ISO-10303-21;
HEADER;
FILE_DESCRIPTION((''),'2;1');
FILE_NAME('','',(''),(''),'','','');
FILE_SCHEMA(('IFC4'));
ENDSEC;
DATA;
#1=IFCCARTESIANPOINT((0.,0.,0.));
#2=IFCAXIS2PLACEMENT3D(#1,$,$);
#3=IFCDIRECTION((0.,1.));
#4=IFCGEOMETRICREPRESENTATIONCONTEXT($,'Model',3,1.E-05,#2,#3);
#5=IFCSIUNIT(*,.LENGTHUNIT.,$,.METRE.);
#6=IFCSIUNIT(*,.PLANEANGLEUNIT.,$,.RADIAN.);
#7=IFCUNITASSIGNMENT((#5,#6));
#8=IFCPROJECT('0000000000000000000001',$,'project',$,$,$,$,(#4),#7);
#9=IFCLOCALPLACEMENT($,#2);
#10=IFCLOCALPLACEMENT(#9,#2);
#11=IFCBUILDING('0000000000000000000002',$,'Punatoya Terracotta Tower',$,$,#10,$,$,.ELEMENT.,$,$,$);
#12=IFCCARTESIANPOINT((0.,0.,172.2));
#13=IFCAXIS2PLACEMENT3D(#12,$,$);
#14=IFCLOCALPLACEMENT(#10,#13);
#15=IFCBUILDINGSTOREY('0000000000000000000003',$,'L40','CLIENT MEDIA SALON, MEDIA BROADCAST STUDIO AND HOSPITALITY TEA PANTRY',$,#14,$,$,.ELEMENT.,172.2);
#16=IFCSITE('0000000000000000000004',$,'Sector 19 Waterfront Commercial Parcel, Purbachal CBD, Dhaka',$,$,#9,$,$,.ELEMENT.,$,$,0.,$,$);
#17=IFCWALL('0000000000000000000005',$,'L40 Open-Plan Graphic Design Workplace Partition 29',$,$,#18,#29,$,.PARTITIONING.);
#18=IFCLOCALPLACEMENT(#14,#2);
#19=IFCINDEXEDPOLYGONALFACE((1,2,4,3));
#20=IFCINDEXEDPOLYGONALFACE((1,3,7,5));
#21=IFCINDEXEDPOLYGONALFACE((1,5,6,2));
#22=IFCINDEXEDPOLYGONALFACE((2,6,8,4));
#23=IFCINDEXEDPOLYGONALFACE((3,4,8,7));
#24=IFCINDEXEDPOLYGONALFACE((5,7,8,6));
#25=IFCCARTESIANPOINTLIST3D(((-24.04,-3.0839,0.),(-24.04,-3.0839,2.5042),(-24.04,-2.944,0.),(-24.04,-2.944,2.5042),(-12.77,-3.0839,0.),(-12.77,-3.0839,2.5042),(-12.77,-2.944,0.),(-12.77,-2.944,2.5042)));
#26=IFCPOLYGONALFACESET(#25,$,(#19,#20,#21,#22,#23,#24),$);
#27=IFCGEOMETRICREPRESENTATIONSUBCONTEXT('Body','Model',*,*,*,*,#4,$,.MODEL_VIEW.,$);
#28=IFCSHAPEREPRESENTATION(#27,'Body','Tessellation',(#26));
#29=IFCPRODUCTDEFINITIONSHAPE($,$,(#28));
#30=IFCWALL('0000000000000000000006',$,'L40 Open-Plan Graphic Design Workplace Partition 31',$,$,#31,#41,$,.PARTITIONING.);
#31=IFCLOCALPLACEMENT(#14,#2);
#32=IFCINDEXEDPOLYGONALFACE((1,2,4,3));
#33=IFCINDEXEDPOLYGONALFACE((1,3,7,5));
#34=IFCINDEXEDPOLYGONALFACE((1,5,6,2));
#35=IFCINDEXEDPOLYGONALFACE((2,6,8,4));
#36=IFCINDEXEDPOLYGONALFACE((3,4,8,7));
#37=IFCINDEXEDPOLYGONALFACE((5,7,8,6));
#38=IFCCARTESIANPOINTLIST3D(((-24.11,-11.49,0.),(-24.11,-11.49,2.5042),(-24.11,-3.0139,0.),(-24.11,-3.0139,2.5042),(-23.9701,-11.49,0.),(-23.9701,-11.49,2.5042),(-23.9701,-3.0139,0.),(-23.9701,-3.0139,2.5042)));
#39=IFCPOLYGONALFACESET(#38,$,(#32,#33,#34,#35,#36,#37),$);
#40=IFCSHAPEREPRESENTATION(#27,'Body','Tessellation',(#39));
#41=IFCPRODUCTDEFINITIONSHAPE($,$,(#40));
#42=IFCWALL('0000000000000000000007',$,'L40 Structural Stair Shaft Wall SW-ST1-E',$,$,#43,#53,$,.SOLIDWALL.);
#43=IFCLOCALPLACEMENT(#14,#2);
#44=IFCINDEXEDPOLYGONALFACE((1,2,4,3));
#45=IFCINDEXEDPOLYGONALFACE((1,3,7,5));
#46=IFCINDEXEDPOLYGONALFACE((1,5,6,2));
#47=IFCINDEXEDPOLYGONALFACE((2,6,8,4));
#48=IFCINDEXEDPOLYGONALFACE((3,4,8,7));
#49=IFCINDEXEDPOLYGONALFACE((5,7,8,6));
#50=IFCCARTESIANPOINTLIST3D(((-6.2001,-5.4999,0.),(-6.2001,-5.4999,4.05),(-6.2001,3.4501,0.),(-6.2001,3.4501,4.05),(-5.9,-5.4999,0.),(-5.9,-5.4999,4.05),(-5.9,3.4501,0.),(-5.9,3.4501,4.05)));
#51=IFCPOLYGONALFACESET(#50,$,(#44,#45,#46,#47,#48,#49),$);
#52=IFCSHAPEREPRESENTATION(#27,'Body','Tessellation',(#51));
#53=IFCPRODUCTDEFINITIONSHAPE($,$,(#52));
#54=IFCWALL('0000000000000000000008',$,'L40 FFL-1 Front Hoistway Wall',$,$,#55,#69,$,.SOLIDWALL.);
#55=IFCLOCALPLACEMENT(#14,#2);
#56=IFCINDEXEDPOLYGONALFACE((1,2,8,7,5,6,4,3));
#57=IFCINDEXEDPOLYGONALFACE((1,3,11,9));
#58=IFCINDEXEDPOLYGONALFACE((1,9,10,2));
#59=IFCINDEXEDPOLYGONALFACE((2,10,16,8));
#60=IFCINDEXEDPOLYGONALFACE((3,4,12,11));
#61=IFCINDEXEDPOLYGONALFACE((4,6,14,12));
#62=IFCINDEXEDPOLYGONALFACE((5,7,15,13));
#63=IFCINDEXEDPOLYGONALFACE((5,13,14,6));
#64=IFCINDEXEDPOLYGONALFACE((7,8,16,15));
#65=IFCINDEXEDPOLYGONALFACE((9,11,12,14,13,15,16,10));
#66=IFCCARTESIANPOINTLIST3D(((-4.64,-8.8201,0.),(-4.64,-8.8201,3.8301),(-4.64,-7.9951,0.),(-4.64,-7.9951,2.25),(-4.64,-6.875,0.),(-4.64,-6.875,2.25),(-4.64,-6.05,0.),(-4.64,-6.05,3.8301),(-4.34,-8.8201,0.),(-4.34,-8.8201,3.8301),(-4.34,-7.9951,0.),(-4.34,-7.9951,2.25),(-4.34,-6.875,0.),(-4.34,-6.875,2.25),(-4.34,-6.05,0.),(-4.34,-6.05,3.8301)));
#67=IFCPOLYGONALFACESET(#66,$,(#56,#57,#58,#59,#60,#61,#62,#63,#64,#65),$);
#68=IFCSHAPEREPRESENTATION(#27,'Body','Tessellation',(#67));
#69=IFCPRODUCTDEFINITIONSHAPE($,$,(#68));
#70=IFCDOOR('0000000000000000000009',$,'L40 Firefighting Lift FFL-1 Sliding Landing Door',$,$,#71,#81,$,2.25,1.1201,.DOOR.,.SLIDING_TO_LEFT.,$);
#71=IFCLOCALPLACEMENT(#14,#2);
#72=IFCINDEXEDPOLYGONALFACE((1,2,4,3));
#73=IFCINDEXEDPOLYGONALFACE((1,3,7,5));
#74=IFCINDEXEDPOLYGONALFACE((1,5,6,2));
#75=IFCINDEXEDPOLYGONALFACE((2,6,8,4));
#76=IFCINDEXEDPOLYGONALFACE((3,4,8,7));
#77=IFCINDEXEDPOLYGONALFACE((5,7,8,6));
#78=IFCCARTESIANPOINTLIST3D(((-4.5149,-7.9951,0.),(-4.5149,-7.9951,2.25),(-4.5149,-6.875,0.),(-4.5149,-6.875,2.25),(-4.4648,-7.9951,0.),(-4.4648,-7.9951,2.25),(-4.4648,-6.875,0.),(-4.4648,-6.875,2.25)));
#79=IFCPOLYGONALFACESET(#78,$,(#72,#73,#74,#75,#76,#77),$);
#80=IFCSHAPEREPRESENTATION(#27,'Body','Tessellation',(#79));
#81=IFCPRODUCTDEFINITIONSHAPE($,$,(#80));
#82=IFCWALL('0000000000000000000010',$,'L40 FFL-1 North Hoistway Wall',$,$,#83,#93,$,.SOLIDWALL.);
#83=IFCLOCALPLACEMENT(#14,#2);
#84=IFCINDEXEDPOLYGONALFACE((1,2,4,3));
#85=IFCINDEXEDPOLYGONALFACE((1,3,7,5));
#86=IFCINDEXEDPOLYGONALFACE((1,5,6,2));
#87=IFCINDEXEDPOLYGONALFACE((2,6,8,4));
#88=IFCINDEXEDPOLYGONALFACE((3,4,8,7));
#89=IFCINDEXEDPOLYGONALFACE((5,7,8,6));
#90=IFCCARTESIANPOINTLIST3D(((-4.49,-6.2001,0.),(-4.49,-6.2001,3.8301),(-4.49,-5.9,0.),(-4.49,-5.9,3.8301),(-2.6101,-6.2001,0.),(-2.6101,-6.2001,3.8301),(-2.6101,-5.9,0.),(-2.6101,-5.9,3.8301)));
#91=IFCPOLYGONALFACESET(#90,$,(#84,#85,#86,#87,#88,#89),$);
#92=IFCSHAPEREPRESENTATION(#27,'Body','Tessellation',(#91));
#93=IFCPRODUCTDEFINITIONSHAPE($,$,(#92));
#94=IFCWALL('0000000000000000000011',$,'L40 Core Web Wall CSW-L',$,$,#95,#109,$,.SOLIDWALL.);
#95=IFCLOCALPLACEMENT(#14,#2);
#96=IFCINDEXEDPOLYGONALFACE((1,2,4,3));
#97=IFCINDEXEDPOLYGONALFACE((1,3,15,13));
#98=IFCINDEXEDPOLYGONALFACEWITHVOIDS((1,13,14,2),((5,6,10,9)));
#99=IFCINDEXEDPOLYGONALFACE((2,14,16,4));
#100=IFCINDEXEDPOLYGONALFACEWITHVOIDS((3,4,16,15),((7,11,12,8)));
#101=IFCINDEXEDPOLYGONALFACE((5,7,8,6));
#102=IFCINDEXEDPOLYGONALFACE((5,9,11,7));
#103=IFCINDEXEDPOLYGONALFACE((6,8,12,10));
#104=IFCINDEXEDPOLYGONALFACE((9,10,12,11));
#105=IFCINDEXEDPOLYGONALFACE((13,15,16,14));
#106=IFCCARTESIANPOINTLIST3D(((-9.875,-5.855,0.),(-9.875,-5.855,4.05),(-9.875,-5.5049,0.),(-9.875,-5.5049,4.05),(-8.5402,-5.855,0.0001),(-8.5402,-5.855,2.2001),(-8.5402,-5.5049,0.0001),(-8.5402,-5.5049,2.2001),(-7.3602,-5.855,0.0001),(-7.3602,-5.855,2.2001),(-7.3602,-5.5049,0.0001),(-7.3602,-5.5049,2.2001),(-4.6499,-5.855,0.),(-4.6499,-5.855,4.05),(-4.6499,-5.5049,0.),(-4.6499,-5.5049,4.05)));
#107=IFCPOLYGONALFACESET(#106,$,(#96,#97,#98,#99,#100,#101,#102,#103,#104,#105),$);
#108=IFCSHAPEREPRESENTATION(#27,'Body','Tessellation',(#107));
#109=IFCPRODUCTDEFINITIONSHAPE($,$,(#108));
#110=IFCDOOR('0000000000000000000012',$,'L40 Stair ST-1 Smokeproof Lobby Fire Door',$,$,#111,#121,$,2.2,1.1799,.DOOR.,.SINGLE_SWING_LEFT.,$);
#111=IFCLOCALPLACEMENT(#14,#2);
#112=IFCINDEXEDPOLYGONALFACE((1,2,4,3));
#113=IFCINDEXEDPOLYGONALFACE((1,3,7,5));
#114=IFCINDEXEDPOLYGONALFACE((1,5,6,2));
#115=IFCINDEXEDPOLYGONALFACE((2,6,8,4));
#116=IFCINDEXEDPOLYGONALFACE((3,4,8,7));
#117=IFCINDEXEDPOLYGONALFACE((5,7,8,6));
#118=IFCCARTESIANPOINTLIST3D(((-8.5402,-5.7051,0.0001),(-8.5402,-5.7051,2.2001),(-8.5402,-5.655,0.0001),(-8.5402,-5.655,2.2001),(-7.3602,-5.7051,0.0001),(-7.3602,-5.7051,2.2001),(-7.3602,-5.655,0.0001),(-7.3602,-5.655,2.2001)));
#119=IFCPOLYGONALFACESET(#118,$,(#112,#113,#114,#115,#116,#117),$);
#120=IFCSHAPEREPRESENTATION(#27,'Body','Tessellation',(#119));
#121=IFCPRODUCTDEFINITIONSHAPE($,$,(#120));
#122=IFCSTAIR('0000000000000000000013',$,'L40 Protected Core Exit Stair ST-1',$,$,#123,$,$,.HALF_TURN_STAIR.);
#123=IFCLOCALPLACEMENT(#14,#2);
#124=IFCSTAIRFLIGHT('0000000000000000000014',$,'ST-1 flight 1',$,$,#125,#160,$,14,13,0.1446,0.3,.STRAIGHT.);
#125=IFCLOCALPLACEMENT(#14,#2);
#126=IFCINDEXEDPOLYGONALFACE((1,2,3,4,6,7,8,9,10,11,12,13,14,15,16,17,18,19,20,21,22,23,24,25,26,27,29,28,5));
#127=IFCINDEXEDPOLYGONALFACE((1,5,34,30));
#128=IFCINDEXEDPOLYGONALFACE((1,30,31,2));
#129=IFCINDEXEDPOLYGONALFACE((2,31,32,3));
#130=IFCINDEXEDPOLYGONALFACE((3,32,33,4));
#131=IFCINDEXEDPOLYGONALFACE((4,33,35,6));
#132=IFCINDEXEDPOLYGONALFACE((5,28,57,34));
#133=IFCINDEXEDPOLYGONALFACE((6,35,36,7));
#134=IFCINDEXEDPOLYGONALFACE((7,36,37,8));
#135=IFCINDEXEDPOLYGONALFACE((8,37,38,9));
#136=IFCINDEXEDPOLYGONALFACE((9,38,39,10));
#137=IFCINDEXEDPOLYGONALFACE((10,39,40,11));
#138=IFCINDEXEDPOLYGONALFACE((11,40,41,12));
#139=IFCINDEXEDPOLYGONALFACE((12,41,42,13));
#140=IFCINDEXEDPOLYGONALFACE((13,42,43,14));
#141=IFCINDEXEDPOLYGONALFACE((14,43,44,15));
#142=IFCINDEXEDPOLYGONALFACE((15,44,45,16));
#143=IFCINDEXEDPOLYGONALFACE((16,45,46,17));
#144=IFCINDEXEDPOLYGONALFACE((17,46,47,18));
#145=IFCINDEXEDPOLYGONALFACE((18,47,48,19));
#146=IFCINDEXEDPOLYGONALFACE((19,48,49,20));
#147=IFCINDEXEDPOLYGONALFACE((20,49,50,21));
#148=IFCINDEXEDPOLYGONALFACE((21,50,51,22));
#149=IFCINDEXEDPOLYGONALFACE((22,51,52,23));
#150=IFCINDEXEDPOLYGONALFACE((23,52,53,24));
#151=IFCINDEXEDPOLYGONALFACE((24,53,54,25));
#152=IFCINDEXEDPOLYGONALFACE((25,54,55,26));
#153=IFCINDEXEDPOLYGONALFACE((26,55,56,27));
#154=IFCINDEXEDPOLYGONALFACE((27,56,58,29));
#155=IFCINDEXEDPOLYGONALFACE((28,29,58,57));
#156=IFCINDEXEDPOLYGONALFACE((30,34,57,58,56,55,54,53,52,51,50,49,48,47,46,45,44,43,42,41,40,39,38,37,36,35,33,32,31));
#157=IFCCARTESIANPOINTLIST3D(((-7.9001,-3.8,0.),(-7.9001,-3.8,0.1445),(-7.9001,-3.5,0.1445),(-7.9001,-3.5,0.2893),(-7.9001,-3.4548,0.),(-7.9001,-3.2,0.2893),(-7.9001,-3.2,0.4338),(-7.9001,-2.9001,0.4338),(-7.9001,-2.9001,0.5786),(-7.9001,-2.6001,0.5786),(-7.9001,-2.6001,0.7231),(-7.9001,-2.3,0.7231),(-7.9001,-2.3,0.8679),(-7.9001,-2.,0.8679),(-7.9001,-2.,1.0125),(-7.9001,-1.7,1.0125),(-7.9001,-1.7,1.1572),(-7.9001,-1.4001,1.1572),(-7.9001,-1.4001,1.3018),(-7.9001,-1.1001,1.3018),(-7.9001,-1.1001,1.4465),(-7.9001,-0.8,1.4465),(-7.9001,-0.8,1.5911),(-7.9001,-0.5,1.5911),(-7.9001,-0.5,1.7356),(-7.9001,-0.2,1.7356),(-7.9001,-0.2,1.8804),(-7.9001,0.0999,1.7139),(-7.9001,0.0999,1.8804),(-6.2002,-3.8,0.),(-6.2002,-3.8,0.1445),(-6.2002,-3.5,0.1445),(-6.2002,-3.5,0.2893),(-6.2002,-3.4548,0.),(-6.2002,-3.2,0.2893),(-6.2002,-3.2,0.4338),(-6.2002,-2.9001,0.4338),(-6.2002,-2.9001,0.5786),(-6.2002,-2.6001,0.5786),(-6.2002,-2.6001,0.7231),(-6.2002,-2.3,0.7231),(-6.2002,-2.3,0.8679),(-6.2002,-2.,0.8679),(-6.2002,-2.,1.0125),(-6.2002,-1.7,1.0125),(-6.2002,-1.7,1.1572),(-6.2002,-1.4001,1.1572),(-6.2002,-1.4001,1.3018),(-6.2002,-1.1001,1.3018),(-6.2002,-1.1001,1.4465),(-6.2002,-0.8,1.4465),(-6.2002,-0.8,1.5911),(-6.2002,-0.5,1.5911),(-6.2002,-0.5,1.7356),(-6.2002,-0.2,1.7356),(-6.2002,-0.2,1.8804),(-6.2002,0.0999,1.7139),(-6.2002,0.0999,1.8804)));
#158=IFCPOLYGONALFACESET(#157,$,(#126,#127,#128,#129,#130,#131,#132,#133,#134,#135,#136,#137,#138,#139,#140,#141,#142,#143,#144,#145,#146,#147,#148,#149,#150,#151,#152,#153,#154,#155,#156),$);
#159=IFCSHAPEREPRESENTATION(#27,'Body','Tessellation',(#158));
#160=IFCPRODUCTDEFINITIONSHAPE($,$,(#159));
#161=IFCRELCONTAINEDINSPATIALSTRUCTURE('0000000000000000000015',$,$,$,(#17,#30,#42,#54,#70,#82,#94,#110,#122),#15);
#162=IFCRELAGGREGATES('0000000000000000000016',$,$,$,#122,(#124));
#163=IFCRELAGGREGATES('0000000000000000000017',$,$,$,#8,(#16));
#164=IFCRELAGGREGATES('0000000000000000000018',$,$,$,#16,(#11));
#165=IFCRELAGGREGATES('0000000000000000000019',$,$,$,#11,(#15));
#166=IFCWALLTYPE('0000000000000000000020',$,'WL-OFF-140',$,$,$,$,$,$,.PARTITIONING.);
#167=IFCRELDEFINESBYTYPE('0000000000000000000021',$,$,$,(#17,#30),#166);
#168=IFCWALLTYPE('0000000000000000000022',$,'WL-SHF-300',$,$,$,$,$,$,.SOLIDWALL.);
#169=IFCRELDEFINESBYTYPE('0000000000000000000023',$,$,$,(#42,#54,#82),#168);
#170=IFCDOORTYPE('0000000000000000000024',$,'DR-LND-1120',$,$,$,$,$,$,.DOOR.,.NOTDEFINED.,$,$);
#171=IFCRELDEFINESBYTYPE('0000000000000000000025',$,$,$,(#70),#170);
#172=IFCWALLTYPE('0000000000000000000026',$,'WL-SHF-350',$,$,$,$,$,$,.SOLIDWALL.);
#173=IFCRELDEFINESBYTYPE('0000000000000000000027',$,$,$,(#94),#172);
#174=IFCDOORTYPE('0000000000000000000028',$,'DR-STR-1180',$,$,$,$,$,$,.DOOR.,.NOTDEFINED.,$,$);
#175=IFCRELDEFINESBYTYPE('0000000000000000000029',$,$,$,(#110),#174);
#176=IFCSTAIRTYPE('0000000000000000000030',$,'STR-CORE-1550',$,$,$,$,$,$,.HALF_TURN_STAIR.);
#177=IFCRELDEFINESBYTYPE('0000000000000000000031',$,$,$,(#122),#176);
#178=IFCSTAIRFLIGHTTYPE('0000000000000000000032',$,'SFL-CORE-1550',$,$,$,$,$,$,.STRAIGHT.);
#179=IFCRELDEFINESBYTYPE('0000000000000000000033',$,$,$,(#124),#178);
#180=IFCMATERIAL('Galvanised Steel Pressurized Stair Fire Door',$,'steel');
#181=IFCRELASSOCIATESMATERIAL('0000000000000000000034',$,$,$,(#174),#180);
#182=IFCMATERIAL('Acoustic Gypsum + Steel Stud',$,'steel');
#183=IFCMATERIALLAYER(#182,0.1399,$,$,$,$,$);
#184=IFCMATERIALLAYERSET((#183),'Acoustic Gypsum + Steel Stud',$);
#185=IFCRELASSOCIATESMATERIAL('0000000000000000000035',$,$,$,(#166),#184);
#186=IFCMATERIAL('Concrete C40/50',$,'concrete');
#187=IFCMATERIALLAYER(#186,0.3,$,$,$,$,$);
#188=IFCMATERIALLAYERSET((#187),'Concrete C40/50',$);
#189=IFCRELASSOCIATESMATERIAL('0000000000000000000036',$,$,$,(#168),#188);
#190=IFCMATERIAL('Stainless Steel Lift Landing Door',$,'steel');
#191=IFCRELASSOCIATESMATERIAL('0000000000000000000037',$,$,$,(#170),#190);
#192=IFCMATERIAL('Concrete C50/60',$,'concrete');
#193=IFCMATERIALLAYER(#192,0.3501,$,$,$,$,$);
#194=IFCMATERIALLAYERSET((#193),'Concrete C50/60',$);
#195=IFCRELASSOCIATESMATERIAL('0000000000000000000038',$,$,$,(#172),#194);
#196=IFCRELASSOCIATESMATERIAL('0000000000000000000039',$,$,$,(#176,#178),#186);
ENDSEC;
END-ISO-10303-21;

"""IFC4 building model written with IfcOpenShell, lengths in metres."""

from ifc_helpers import new_model, si_unit, direction, frame, frame_2d, origin, place, context, subcontext, project, spatial, polyline, rectangle, outline, extrude, material, layer, layer_set, type_object, element, fill, aggregate, save


model = new_model("IFC4")

# Units and contexts
model_context = context("Model", 3, precision=1e-05, world=origin(), true_north=direction((0.0, 1.0)))
body_context = subcontext(model_context, "Body", "Model", "MODEL_VIEW")
ifc_project = project(units=[si_unit("LENGTHUNIT", "METRE"), si_unit("PLANEANGLEUNIT", "RADIAN")], contexts=[model_context])

# Site, building, storey
site_placement = place(None, origin())
site = spatial("IfcSite", under=ifc_project, at=site_placement, Name="Sector 19 Waterfront Commercial Parcel, Purbachal CBD, Dhaka", CompositionType="ELEMENT", RefElevation=0.0)
building_placement = place(site_placement, origin())
building = spatial("IfcBuilding", under=site, at=building_placement, Name="Punatoya Terracotta Tower", CompositionType="ELEMENT")
storey_placement = place(building_placement, frame((0.0, 0.0, 172.2)))
storey = spatial("IfcBuildingStorey", under=building, at=storey_placement, Name="L40", Description="CLIENT MEDIA SALON, MEDIA BROADCAST STUDIO AND HOSPITALITY TEA PANTRY", CompositionType="ELEMENT", Elevation=172.2)

# Shared definitions
ifc_material_1 = material(Name="Galvanised Steel Pressurized Stair Fire Door", Category="steel")
door_type_1 = type_object("IfcDoorType", Name="DR-STR-1180", OperationType="NOTDEFINED", PredefinedType="DOOR", material=ifc_material_1)

# Walls
ifc_material_2 = material(Name="Concrete C40/50", Category="concrete")
ifc_material_3 = material(Name="Acoustic Gypsum + Steel Stud", Category="steel")
ifc_layer_1 = layer(ifc_material_3, 0.1399)
ifc_layer_set_1 = layer_set([ifc_layer_1], Name="Acoustic Gypsum + Steel Stud")
wall_type_1 = type_object("IfcWallType", Name="WL-OFF-140", PredefinedType="PARTITIONING", material=ifc_layer_set_1)
wall_1_placement = place(storey_placement, frame((-24.04, -3.0139, 0.0), z_axis=(0.0, 0.0, 1.0), x_axis=(1.0, 0.0, 0.0)))
element("IfcWall", 1, at=wall_1_placement, inside=storey, type_object=wall_type_1, Name="L40 Open-Plan Graphic Design Workplace Partition 29", PredefinedType="PARTITIONING", context=body_context, shape_type="SweptSolid", body=[
    extrude(rectangle(XDim=11.27, YDim=0.1399, at=frame_2d((5.635, 0.0))), origin(), (0.0, 0.0, 1.0), 2.5042),
])
wall_2_placement = place(storey_placement, frame((-24.04, -11.49, 0.0), z_axis=(0.0, 0.0, 1.0), x_axis=(0.0, 1.0, 0.0)))
element("IfcWall", 2, at=wall_2_placement, inside=storey, type_object=wall_type_1, Name="L40 Open-Plan Graphic Design Workplace Partition 31", PredefinedType="PARTITIONING", context=body_context, shape_type="SweptSolid", body=[
    extrude(rectangle(XDim=8.4761, YDim=0.1399, at=frame_2d((4.238, 0.0))), origin(), (0.0, 0.0, 1.0), 2.5042),
])
ifc_layer_2 = layer(ifc_material_2, 0.3)
ifc_layer_set_2 = layer_set([ifc_layer_2], Name="Concrete C40/50")
wall_type_2 = type_object("IfcWallType", Name="WL-SHF-300", PredefinedType="SOLIDWALL", material=ifc_layer_set_2)
wall_3_placement = place(storey_placement, frame((-6.05, -5.5, 0.0), z_axis=(0.0, 0.0, 1.0), x_axis=(0.0, 1.0, 0.0)))
element("IfcWall", 3, at=wall_3_placement, inside=storey, type_object=wall_type_2, Name="L40 Structural Stair Shaft Wall SW-ST1-E", PredefinedType="SOLIDWALL", context=body_context, shape_type="SweptSolid", body=[
    extrude(rectangle(XDim=8.95, YDim=0.3, at=frame_2d((4.4751, 0.0))), origin(), (0.0, 0.0, 1.0), 4.05),
])

# Wall, opening, door
wall_4_placement = place(storey_placement, frame((-4.49, -8.8201, 0.0), z_axis=(0.0, 0.0, 1.0), x_axis=(0.0, 1.0, 0.0)))
wall_4 = element("IfcWall", 4, at=wall_4_placement, inside=storey, type_object=wall_type_2, Name="L40 FFL-1 Front Hoistway Wall", PredefinedType="SOLIDWALL", context=body_context, shape_type="SweptSolid", body=[
    extrude(rectangle(XDim=2.77, YDim=0.3, at=frame_2d((1.385, 0.0))), origin(), (0.0, 0.0, 1.0), 3.8301),
])
opening_1_placement = place(wall_4_placement, frame((0.825, 0.0, 0.0)))
opening_1 = element("IfcOpeningElement", 5, at=opening_1_placement, cuts=wall_4, PredefinedType="OPENING", context=body_context, shape_type="SweptSolid", body=[
    extrude(rectangle(XDim=1.1201, YDim=2.25, at=frame_2d((0.5601, 1.125))), frame((0.0, 0.1599, 0.0), z_axis=(0.0, -1.0, 0.0), x_axis=(1.0, 0.0, 0.0)), (0.0, 0.0, 1.0), 0.3201),
])
ifc_material_4 = material(Name="Stainless Steel Lift Landing Door", Category="steel")
door_type_2 = type_object("IfcDoorType", Name="DR-LND-1120", OperationType="NOTDEFINED", PredefinedType="DOOR", material=ifc_material_4)
door_1_placement = place(opening_1_placement, origin())
door_1 = element("IfcDoor", 6, at=door_1_placement, inside=storey, type_object=door_type_2, Name="L40 Firefighting Lift FFL-1 Sliding Landing Door", OperationType="SLIDING_TO_LEFT", OverallHeight=2.25, OverallWidth=1.1201, PredefinedType="DOOR", context=body_context, shape_type="SweptSolid", body=[
    extrude(rectangle(XDim=1.1201, YDim=2.25, at=frame_2d((0.5601, 1.125))), frame((0.0, 0.0249, 0.0), z_axis=(0.0, -1.0, 0.0), x_axis=(1.0, 0.0, 0.0)), (0.0, 0.0, 1.0), 0.05),
])
fill(opening_1, door_1)

# Wall
wall_5_placement = place(storey_placement, frame((-4.49, -6.05, 0.0), z_axis=(0.0, 0.0, 1.0), x_axis=(1.0, 0.0, 0.0)))
element("IfcWall", 7, at=wall_5_placement, inside=storey, type_object=wall_type_2, Name="L40 FFL-1 North Hoistway Wall", PredefinedType="SOLIDWALL", context=body_context, shape_type="SweptSolid", body=[
    extrude(rectangle(XDim=1.8799, YDim=0.3, at=frame_2d((0.9399, 0.0))), origin(), (0.0, 0.0, 1.0), 3.8301),
])

# Wall, opening, door
ifc_material_5 = material(Name="Concrete C50/60", Category="concrete")
ifc_layer_3 = layer(ifc_material_5, 0.3501)
ifc_layer_set_3 = layer_set([ifc_layer_3], Name="Concrete C50/60")
wall_type_3 = type_object("IfcWallType", Name="WL-SHF-350", PredefinedType="SOLIDWALL", material=ifc_layer_set_3)
wall_6_placement = place(storey_placement, frame((-9.875, -5.6799, 0.0), z_axis=(0.0, 0.0, 1.0), x_axis=(1.0, 0.0, 0.0)))
wall_6 = element("IfcWall", 8, at=wall_6_placement, inside=storey, type_object=wall_type_3, Name="L40 Core Web Wall CSW-L", PredefinedType="SOLIDWALL", context=body_context, shape_type="SweptSolid", body=[
    extrude(rectangle(XDim=5.2251, YDim=0.3501, at=frame_2d((2.6125, 0.0))), origin(), (0.0, 0.0, 1.0), 4.05),
])
opening_2_placement = place(wall_6_placement, frame((1.335, 0.0, 0.0)))
opening_2 = element("IfcOpeningElement", 9, at=opening_2_placement, cuts=wall_6, PredefinedType="OPENING", context=body_context, shape_type="SweptSolid", body=[
    extrude(rectangle(XDim=1.1799, YDim=2.2, at=frame_2d((0.5898, 1.1001))), frame((0.0, 0.1851, 0.0), z_axis=(0.0, -1.0, 0.0), x_axis=(1.0, 0.0, 0.0)), (0.0, 0.0, 1.0), 0.3701),
])
door_2_placement = place(opening_2_placement, origin())
door_2 = element("IfcDoor", 10, at=door_2_placement, inside=storey, type_object=door_type_1, Name="L40 Stair ST-1 Smokeproof Lobby Fire Door", OperationType="SINGLE_SWING_LEFT", OverallHeight=2.2, OverallWidth=1.1799, PredefinedType="DOOR", context=body_context, shape_type="SweptSolid", body=[
    extrude(rectangle(XDim=1.1799, YDim=2.2, at=frame_2d((0.5898, 1.1001))), frame((0.0, 0.0249, 0.0), z_axis=(0.0, -1.0, 0.0), x_axis=(1.0, 0.0, 0.0)), (0.0, 0.0, 1.0), 0.05),
])
fill(opening_2, door_2)

# Stair, stair flight
stair_type = type_object("IfcStairType", Name="STR-CORE-1550", PredefinedType="HALF_TURN_STAIR", material=ifc_material_2)
stair_placement = place(storey_placement, origin())
stair = element("IfcStair", 11, at=stair_placement, inside=storey, type_object=stair_type, Name="L40 Protected Core Exit Stair ST-1", PredefinedType="HALF_TURN_STAIR")
stair_flight_type = type_object("IfcStairFlightType", Name="SFL-CORE-1550", PredefinedType="STRAIGHT", material=ifc_material_2)
stair_flight_placement = place(storey_placement, frame((-7.05, -3.8, 0.0), z_axis=(0.0, 0.0, 1.0), x_axis=(0.0, 1.0, 0.0)))
stair_flight = element("IfcStairFlight", 12, at=stair_flight_placement, type_object=stair_flight_type, Name="ST-1 flight 1", NumberOfRisers=14, NumberOfTreads=13, PredefinedType="STRAIGHT", RiserHeight=0.1446, TreadLength=0.3, context=body_context, shape_type="SweptSolid", body=[
    extrude(outline(polyline([(0.0, 0.0), (0.0, 0.1445), (0.3, 0.1445), (0.3, 0.2893), (0.6001, 0.2893), (0.6001, 0.4338), (0.8999, 0.4338), (0.8999, 0.5786), (1.2, 0.5786), (1.2, 0.7231), (1.5, 0.7231), (1.5, 0.8679), (1.8, 0.8679), (1.8, 1.0125), (2.1001, 1.0125), (2.1001, 1.1572), (2.3999, 1.1572), (2.3999, 1.3018), (2.7, 1.3018), (2.7, 1.4465), (3.0, 1.4465), (3.0, 1.5911), (3.3, 1.5911), (3.3, 1.7356), (3.6001, 1.7356), (3.6001, 1.8804), (3.8999, 1.8804), (3.8999, 2.0249), (3.8999, 1.7139), (0.3452, 0.0), (0.0, 0.0)])), frame((0.0, 0.8501, 0.0), z_axis=(0.0, -1.0, 0.0), x_axis=(1.0, 0.0, 0.0)), (0.0, 0.0, 1.0), 1.7),
])
aggregate(stair, [stair_flight])

save(model, "model.ifc")
